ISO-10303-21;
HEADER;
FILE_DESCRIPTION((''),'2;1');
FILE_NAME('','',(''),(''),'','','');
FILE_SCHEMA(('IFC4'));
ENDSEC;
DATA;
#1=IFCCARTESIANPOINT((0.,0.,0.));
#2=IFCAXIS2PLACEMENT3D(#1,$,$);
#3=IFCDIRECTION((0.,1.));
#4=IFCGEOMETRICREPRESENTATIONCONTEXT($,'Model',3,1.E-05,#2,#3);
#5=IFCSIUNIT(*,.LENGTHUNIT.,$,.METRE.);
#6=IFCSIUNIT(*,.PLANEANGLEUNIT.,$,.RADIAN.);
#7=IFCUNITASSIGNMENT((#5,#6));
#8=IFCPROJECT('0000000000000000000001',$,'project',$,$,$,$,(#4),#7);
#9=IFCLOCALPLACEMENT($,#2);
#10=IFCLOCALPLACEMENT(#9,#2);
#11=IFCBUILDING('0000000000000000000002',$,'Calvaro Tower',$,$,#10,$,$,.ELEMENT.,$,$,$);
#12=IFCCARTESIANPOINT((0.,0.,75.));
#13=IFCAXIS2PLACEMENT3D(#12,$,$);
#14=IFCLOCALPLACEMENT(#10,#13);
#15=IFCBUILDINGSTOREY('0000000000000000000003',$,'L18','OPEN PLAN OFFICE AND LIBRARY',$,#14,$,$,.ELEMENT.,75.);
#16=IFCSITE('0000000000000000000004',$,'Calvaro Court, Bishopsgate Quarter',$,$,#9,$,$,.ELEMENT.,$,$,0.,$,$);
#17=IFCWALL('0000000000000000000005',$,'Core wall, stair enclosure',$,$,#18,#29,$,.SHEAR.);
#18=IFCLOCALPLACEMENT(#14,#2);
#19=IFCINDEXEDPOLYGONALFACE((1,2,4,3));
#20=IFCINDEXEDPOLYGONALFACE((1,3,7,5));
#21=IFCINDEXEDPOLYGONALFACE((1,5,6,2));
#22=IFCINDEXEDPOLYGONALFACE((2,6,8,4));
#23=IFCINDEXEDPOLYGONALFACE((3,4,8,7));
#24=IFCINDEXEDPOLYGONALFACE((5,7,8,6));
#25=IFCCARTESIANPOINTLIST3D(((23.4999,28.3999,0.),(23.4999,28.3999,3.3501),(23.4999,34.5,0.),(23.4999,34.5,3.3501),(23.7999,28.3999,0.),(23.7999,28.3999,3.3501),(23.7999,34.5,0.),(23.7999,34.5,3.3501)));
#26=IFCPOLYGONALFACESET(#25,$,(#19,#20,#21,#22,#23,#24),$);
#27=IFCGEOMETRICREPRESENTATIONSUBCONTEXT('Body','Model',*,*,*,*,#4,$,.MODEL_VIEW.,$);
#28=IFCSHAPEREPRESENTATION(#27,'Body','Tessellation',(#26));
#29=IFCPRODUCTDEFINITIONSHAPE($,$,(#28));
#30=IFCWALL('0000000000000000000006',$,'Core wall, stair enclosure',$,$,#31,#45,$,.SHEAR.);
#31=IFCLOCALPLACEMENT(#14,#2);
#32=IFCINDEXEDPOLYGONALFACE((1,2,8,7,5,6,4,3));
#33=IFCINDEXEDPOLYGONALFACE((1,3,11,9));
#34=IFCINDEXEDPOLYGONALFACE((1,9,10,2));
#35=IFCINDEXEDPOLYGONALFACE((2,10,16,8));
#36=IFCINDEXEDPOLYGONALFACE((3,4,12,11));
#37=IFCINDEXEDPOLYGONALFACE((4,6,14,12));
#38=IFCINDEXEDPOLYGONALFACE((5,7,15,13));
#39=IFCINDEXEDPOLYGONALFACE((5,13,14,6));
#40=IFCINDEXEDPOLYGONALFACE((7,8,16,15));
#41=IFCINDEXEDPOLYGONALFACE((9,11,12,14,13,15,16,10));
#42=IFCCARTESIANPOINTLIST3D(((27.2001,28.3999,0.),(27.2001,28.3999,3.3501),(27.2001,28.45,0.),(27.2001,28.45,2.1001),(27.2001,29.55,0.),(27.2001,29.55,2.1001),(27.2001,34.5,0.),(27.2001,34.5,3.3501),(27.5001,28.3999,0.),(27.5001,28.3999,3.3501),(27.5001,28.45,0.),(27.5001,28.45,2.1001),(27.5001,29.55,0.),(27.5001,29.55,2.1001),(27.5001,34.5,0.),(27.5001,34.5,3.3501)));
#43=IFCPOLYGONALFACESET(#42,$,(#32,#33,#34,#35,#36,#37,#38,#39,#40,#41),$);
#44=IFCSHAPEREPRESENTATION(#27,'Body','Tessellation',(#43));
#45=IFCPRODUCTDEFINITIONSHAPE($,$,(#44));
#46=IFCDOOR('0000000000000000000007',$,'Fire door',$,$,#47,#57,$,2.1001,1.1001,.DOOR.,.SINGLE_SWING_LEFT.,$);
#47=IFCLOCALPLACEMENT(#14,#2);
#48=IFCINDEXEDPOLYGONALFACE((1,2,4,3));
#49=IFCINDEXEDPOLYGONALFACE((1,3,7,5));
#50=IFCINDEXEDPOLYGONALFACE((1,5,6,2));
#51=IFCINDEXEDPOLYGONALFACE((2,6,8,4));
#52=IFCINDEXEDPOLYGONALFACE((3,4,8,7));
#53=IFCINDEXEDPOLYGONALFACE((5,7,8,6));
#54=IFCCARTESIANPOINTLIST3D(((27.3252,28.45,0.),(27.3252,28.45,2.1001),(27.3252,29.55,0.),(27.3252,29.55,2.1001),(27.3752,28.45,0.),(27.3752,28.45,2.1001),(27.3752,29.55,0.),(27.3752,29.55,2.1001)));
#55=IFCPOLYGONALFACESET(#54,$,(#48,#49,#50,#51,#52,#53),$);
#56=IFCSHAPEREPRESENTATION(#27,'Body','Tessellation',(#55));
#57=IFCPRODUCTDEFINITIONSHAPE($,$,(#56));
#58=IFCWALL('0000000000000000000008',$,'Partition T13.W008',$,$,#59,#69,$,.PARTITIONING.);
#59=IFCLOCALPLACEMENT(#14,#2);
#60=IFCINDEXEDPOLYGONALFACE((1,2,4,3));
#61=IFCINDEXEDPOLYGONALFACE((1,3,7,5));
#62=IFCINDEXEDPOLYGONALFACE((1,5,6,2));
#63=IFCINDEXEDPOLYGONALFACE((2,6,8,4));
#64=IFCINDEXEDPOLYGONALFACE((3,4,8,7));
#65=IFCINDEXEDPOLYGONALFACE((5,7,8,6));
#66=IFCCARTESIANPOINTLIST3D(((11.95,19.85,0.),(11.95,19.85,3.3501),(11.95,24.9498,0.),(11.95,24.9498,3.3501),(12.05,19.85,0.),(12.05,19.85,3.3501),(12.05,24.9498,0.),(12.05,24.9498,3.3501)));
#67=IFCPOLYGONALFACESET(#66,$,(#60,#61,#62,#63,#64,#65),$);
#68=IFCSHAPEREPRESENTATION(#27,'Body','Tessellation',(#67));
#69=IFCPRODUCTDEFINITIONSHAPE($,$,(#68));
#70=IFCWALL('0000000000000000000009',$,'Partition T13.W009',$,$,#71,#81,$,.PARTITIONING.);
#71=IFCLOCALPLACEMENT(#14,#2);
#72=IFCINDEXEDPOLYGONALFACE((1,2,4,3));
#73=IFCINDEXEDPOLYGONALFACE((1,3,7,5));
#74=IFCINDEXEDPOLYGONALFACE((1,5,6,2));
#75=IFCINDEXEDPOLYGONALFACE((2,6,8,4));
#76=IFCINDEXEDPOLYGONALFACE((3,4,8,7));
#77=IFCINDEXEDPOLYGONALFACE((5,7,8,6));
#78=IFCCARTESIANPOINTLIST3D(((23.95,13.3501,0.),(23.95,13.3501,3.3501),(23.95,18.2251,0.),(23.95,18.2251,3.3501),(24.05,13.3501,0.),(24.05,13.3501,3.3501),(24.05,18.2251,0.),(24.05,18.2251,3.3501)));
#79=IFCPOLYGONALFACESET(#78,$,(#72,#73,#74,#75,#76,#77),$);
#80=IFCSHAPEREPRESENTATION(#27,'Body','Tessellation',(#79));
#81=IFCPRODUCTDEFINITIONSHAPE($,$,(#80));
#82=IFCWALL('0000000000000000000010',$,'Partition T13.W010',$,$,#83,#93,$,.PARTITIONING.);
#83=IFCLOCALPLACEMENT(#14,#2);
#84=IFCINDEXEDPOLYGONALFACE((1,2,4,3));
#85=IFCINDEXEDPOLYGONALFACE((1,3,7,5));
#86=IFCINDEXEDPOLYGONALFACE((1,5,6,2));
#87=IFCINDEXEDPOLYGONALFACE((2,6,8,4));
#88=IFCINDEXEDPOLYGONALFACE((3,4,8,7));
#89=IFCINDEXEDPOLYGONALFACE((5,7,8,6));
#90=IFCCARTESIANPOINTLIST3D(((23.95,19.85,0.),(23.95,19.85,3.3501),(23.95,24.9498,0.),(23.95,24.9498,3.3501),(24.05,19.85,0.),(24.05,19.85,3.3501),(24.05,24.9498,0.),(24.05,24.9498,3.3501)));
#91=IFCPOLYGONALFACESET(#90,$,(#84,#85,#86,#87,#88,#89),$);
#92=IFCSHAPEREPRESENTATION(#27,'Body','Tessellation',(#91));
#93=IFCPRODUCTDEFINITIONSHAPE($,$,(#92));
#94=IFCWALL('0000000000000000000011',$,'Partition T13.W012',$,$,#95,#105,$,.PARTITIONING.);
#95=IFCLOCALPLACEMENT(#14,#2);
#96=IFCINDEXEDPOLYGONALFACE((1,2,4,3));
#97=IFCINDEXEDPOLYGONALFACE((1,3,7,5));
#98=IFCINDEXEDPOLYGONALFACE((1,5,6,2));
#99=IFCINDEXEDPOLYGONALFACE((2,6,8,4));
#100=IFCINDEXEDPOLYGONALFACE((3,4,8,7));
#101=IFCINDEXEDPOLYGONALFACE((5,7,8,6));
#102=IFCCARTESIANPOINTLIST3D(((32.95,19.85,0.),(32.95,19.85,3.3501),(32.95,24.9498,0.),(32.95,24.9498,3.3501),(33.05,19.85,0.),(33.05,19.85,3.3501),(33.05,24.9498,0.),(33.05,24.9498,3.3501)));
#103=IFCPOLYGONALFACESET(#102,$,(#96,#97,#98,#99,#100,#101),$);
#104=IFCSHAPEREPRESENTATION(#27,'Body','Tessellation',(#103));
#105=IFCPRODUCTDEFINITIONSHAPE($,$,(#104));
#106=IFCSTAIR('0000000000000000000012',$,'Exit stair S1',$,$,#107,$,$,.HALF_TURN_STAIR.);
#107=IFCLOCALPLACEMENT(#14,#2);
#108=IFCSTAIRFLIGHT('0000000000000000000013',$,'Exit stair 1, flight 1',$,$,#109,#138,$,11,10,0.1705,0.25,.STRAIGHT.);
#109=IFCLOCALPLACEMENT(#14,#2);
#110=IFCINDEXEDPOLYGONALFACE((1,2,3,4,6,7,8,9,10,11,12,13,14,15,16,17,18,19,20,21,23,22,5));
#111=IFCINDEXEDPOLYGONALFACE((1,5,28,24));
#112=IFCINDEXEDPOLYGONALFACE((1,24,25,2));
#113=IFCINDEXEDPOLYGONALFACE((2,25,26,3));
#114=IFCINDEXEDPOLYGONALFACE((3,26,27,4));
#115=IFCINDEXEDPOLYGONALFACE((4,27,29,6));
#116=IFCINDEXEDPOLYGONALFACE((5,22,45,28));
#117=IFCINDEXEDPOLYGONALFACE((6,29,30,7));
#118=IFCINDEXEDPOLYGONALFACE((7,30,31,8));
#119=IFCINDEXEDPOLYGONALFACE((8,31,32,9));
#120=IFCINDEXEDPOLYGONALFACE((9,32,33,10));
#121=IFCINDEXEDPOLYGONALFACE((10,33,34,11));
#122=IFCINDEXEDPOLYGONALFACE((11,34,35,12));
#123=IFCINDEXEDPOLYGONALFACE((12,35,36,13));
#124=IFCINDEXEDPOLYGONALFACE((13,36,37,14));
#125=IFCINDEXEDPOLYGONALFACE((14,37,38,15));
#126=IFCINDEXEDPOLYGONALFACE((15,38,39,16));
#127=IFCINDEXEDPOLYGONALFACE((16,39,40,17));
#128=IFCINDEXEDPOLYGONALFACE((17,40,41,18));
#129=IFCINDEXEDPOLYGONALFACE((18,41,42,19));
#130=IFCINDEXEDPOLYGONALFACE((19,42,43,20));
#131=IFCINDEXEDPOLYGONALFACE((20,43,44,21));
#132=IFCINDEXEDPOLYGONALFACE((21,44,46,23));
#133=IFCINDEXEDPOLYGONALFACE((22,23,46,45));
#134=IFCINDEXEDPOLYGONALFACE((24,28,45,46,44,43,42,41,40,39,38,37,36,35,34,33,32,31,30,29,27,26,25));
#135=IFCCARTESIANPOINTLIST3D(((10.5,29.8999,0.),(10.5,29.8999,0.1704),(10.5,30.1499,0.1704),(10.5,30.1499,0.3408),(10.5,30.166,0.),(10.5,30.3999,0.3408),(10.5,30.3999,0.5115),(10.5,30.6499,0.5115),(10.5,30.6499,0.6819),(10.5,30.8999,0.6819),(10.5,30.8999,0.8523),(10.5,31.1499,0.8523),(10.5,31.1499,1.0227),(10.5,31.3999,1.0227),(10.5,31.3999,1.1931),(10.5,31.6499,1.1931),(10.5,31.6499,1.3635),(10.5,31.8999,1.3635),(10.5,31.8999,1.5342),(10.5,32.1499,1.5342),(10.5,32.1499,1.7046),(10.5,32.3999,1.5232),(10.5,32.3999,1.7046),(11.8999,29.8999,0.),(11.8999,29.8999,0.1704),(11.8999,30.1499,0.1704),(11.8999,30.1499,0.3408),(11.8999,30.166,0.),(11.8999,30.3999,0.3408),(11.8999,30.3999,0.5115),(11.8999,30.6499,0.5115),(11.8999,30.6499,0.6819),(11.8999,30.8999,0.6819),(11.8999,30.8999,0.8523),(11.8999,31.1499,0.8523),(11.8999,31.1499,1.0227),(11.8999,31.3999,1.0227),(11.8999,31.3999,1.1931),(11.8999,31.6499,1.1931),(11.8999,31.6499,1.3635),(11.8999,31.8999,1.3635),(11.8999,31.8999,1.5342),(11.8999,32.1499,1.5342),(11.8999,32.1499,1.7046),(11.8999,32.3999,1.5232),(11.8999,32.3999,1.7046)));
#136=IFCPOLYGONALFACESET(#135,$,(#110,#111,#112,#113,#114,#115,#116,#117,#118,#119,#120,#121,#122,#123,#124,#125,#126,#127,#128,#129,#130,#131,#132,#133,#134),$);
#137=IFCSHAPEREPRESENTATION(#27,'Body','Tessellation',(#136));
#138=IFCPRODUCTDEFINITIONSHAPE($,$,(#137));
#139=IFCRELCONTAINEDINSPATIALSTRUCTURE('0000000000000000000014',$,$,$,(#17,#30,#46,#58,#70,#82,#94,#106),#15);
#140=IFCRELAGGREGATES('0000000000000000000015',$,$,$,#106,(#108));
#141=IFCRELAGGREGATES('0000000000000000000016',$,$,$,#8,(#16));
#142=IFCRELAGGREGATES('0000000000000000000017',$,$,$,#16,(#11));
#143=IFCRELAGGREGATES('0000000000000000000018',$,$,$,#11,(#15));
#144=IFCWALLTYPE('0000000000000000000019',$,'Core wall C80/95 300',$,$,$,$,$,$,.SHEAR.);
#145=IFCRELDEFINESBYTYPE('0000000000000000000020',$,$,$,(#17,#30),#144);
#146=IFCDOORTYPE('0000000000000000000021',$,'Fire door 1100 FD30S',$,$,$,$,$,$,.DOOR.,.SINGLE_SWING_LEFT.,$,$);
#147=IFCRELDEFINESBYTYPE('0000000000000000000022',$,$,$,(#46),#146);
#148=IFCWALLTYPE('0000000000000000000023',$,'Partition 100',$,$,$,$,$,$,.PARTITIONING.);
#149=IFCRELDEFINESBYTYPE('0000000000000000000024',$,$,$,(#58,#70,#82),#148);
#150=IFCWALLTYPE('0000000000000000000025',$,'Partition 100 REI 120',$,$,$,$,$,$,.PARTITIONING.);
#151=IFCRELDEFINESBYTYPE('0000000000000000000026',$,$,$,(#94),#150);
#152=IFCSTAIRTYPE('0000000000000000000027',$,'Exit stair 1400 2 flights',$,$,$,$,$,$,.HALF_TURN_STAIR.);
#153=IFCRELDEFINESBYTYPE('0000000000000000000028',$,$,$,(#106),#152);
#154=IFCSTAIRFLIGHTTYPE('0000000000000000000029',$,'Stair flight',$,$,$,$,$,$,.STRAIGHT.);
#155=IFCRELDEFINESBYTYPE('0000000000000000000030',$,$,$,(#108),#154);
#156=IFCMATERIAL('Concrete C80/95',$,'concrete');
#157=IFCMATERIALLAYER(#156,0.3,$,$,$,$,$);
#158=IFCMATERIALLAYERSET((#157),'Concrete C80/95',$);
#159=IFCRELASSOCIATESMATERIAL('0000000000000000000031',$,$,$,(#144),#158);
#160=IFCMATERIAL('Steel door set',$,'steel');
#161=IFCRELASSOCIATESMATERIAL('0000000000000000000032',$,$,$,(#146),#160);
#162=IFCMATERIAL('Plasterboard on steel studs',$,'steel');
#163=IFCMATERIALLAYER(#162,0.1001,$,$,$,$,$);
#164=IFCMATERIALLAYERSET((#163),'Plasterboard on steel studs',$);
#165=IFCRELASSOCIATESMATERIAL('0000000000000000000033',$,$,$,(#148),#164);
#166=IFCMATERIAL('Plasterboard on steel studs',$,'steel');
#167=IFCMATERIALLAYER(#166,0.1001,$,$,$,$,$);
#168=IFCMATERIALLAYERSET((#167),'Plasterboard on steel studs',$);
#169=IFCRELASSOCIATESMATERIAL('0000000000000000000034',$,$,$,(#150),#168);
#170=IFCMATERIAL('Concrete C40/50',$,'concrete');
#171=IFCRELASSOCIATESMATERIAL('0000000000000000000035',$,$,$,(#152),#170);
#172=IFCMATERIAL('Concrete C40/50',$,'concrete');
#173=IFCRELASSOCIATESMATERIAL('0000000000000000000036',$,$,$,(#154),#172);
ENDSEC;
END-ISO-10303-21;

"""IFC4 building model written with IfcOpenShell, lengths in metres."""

from ifc_helpers import new_model, si_unit, direction, frame, frame_2d, origin, place, context, subcontext, project, spatial, polyline, rectangle, outline, extrude, material, layer, layer_set, type_object, element, fill, aggregate, save


model = new_model("IFC4")

# Units and contexts
model_context = context("Model", 3, precision=1e-05, world=origin(), true_north=direction((0.0, 1.0)))
body_context = subcontext(model_context, "Body", "Model", "MODEL_VIEW")
ifc_project = project(units=[si_unit("LENGTHUNIT", "METRE"), si_unit("PLANEANGLEUNIT", "RADIAN")], contexts=[model_context])

# Site, building, storey
site_placement = place(None, origin())
site = spatial("IfcSite", under=ifc_project, at=site_placement, Name="Calvaro Court, Bishopsgate Quarter", CompositionType="ELEMENT", RefElevation=0.0)
building_placement = place(site_placement, origin())
building = spatial("IfcBuilding", under=site, at=building_placement, Name="Calvaro Tower", CompositionType="ELEMENT")
storey_placement = place(building_placement, frame((0.0, 0.0, 75.0)))
storey = spatial("IfcBuildingStorey", under=building, at=storey_placement, Name="L18", Description="OPEN PLAN OFFICE AND LIBRARY", CompositionType="ELEMENT", Elevation=75.0)

# Wall
ifc_material_1 = material(Name="Concrete C80/95", Category="concrete")
ifc_layer_1 = layer(ifc_material_1, 0.3)
ifc_layer_set_1 = layer_set([ifc_layer_1], Name="Concrete C80/95")
wall_type_1 = type_object("IfcWallType", Name="Core wall C80/95 300", PredefinedType="SHEAR", material=ifc_layer_set_1)
for number, where, z_axis, x_axis, name in (
    (1, (23.6499, 28.3999, 0.0), (0.0, 0.0, 1.0), (0.0, 1.0, 0.0), "Core wall, stair enclosure"),
):
    element("IfcWall", number, at=place(storey_placement, frame(where, z_axis=z_axis, x_axis=x_axis)), inside=storey, type_object=wall_type_1, Name=name, PredefinedType="SHEAR", context=body_context, shape_type="SweptSolid", body=[
        extrude(rectangle(XDim=6.1001, YDim=0.3, at=frame_2d((3.05, 0.0))), origin(), (0.0, 0.0, 1.0), 3.3501),
    ])

# Wall, opening, door
wall_1_placement = place(storey_placement, frame((27.3501, 28.3999, 0.0), z_axis=(0.0, 0.0, 1.0), x_axis=(0.0, 1.0, 0.0)))
wall_1 = element("IfcWall", 2, at=wall_1_placement, inside=storey, type_object=wall_type_1, Name="Core wall, stair enclosure", PredefinedType="SHEAR", context=body_context, shape_type="SweptSolid", body=[
    extrude(rectangle(XDim=6.1001, YDim=0.3, at=frame_2d((3.05, 0.0))), origin(), (0.0, 0.0, 1.0), 3.3501),
])
opening_1_placement = place(wall_1_placement, frame((0.05, 0.0, 0.0)))
opening_1 = element("IfcOpeningElement", 3, at=opening_1_placement, cuts=wall_1, PredefinedType="OPENING", context=body_context, shape_type="SweptSolid", body=[
    extrude(rectangle(XDim=1.1001, YDim=2.1001, at=frame_2d((0.55, 1.05))), frame((0.0, 0.1599, 0.0), z_axis=(0.0, -1.0, 0.0), x_axis=(1.0, 0.0, 0.0)), (0.0, 0.0, 1.0), 0.3201),
])
ifc_material_2 = material(Name="Steel door set", Category="steel")
door_type_1 = type_object("IfcDoorType", Name="Fire door 1100 FD30S", OperationType="SINGLE_SWING_LEFT", PredefinedType="DOOR", material=ifc_material_2)
door_1_placement = place(opening_1_placement, origin())
door_1 = element("IfcDoor", 4, at=door_1_placement, inside=storey, type_object=door_type_1, Name="Fire door", OperationType="SINGLE_SWING_LEFT", OverallHeight=2.1001, OverallWidth=1.1001, PredefinedType="DOOR", context=body_context, shape_type="SweptSolid", body=[
    extrude(rectangle(XDim=1.1001, YDim=2.1001, at=frame_2d((0.55, 1.05))), frame((0.0, 0.0249, 0.0), z_axis=(0.0, -1.0, 0.0), x_axis=(1.0, 0.0, 0.0)), (0.0, 0.0, 1.0), 0.05),
])
fill(opening_1, door_1)

# Walls
ifc_material_3 = material(Name="Plasterboard on steel studs", Category="steel")
ifc_layer_2 = layer(ifc_material_3, 0.1001)
ifc_layer_set_2 = layer_set([ifc_layer_2], Name="Plasterboard on steel studs")
wall_type_2 = type_object("IfcWallType", Name="Partition 100", PredefinedType="PARTITIONING", material=ifc_layer_set_2)
wall_2_placement = place(storey_placement, frame((12.0, 19.8501, 0.0), z_axis=(0.0, 0.0, 1.0), x_axis=(0.0, 1.0, 0.0)))
element("IfcWall", 5, at=wall_2_placement, inside=storey, type_object=wall_type_2, Name="Partition T13.W008", PredefinedType="PARTITIONING", context=body_context, shape_type="SweptSolid", body=[
    extrude(rectangle(XDim=5.0999, YDim=0.1001, at=frame_2d((2.5498, 0.0))), origin(), (0.0, 0.0, 1.0), 3.3501),
])
wall_3_placement = place(storey_placement, frame((24.0, 13.3501, 0.0), z_axis=(0.0, 0.0, 1.0), x_axis=(0.0, 1.0, 0.0)))
element("IfcWall", 6, at=wall_3_placement, inside=storey, type_object=wall_type_2, Name="Partition T13.W009", PredefinedType="PARTITIONING", context=body_context, shape_type="SweptSolid", body=[
    extrude(rectangle(XDim=4.875, YDim=0.1001, at=frame_2d((2.4375, 0.0))), origin(), (0.0, 0.0, 1.0), 3.3501),
])
wall_4_placement = place(storey_placement, frame((24.0, 19.8501, 0.0), z_axis=(0.0, 0.0, 1.0), x_axis=(0.0, 1.0, 0.0)))
element("IfcWall", 7, at=wall_4_placement, inside=storey, type_object=wall_type_2, Name="Partition T13.W010", PredefinedType="PARTITIONING", context=body_context, shape_type="SweptSolid", body=[
    extrude(rectangle(XDim=5.0999, YDim=0.1001, at=frame_2d((2.5498, 0.0))), origin(), (0.0, 0.0, 1.0), 3.3501),
])
ifc_material_4 = material(Name="Plasterboard on steel studs", Category="steel")
ifc_layer_3 = layer(ifc_material_4, 0.1001)
ifc_layer_set_3 = layer_set([ifc_layer_3], Name="Plasterboard on steel studs")
wall_type_3 = type_object("IfcWallType", Name="Partition 100 REI 120", PredefinedType="PARTITIONING", material=ifc_layer_set_3)
wall_5_placement = place(storey_placement, frame((33.0, 19.8501, 0.0), z_axis=(0.0, 0.0, 1.0), x_axis=(0.0, 1.0, 0.0)))
element("IfcWall", 8, at=wall_5_placement, inside=storey, type_object=wall_type_3, Name="Partition T13.W012", PredefinedType="PARTITIONING", context=body_context, shape_type="SweptSolid", body=[
    extrude(rectangle(XDim=5.0999, YDim=0.1001, at=frame_2d((2.5498, 0.0))), origin(), (0.0, 0.0, 1.0), 3.3501),
])

# Stair, stair flight
ifc_material_5 = material(Name="Concrete C40/50", Category="concrete")
stair_type = type_object("IfcStairType", Name="Exit stair 1400 2 flights", PredefinedType="HALF_TURN_STAIR", material=ifc_material_5)
stair_placement = place(storey_placement, origin())
stair = element("IfcStair", 9, at=stair_placement, inside=storey, type_object=stair_type, Name="Exit stair S1", PredefinedType="HALF_TURN_STAIR")
ifc_material_6 = material(Name="Concrete C40/50", Category="concrete")
stair_flight_type = type_object("IfcStairFlightType", Name="Stair flight", PredefinedType="STRAIGHT", material=ifc_material_6)
stair_flight_placement = place(storey_placement, frame((11.2, 29.8999, 0.0), z_axis=(0.0, 0.0, 1.0), x_axis=(0.0, 1.0, 0.0)))
stair_flight = element("IfcStairFlight", 10, at=stair_flight_placement, type_object=stair_flight_type, Name="Exit stair 1, flight 1", NumberOfRisers=11, NumberOfTreads=10, PredefinedType="STRAIGHT", RiserHeight=0.1705, TreadLength=0.25, context=body_context, shape_type="SweptSolid", body=[
    extrude(outline(polyline([(0.0, 0.0), (0.0, 0.1704), (0.25, 0.1704), (0.25, 0.3408), (0.5, 0.3408), (0.5, 0.5115), (0.75, 0.5115), (0.75, 0.6819), (1.0, 0.6819), (1.0, 0.8523), (1.25, 0.8523), (1.25, 1.0227), (1.5, 1.0227), (1.5, 1.1931), (1.75, 1.1931), (1.75, 1.3635), (2.0, 1.3635), (2.0, 1.5342), (2.25, 1.5342), (2.25, 1.7046), (2.5, 1.7046), (2.5, 1.875), (2.5, 1.5232), (0.2661, 0.0), (0.0, 0.0)])), frame((0.0, 0.7, 0.0), z_axis=(0.0, -1.0, 0.0), x_axis=(1.0, 0.0, 0.0)), (0.0, 0.0, 1.0), 1.3999),
])
aggregate(stair, [stair_flight])

save(model, "model.ifc")
